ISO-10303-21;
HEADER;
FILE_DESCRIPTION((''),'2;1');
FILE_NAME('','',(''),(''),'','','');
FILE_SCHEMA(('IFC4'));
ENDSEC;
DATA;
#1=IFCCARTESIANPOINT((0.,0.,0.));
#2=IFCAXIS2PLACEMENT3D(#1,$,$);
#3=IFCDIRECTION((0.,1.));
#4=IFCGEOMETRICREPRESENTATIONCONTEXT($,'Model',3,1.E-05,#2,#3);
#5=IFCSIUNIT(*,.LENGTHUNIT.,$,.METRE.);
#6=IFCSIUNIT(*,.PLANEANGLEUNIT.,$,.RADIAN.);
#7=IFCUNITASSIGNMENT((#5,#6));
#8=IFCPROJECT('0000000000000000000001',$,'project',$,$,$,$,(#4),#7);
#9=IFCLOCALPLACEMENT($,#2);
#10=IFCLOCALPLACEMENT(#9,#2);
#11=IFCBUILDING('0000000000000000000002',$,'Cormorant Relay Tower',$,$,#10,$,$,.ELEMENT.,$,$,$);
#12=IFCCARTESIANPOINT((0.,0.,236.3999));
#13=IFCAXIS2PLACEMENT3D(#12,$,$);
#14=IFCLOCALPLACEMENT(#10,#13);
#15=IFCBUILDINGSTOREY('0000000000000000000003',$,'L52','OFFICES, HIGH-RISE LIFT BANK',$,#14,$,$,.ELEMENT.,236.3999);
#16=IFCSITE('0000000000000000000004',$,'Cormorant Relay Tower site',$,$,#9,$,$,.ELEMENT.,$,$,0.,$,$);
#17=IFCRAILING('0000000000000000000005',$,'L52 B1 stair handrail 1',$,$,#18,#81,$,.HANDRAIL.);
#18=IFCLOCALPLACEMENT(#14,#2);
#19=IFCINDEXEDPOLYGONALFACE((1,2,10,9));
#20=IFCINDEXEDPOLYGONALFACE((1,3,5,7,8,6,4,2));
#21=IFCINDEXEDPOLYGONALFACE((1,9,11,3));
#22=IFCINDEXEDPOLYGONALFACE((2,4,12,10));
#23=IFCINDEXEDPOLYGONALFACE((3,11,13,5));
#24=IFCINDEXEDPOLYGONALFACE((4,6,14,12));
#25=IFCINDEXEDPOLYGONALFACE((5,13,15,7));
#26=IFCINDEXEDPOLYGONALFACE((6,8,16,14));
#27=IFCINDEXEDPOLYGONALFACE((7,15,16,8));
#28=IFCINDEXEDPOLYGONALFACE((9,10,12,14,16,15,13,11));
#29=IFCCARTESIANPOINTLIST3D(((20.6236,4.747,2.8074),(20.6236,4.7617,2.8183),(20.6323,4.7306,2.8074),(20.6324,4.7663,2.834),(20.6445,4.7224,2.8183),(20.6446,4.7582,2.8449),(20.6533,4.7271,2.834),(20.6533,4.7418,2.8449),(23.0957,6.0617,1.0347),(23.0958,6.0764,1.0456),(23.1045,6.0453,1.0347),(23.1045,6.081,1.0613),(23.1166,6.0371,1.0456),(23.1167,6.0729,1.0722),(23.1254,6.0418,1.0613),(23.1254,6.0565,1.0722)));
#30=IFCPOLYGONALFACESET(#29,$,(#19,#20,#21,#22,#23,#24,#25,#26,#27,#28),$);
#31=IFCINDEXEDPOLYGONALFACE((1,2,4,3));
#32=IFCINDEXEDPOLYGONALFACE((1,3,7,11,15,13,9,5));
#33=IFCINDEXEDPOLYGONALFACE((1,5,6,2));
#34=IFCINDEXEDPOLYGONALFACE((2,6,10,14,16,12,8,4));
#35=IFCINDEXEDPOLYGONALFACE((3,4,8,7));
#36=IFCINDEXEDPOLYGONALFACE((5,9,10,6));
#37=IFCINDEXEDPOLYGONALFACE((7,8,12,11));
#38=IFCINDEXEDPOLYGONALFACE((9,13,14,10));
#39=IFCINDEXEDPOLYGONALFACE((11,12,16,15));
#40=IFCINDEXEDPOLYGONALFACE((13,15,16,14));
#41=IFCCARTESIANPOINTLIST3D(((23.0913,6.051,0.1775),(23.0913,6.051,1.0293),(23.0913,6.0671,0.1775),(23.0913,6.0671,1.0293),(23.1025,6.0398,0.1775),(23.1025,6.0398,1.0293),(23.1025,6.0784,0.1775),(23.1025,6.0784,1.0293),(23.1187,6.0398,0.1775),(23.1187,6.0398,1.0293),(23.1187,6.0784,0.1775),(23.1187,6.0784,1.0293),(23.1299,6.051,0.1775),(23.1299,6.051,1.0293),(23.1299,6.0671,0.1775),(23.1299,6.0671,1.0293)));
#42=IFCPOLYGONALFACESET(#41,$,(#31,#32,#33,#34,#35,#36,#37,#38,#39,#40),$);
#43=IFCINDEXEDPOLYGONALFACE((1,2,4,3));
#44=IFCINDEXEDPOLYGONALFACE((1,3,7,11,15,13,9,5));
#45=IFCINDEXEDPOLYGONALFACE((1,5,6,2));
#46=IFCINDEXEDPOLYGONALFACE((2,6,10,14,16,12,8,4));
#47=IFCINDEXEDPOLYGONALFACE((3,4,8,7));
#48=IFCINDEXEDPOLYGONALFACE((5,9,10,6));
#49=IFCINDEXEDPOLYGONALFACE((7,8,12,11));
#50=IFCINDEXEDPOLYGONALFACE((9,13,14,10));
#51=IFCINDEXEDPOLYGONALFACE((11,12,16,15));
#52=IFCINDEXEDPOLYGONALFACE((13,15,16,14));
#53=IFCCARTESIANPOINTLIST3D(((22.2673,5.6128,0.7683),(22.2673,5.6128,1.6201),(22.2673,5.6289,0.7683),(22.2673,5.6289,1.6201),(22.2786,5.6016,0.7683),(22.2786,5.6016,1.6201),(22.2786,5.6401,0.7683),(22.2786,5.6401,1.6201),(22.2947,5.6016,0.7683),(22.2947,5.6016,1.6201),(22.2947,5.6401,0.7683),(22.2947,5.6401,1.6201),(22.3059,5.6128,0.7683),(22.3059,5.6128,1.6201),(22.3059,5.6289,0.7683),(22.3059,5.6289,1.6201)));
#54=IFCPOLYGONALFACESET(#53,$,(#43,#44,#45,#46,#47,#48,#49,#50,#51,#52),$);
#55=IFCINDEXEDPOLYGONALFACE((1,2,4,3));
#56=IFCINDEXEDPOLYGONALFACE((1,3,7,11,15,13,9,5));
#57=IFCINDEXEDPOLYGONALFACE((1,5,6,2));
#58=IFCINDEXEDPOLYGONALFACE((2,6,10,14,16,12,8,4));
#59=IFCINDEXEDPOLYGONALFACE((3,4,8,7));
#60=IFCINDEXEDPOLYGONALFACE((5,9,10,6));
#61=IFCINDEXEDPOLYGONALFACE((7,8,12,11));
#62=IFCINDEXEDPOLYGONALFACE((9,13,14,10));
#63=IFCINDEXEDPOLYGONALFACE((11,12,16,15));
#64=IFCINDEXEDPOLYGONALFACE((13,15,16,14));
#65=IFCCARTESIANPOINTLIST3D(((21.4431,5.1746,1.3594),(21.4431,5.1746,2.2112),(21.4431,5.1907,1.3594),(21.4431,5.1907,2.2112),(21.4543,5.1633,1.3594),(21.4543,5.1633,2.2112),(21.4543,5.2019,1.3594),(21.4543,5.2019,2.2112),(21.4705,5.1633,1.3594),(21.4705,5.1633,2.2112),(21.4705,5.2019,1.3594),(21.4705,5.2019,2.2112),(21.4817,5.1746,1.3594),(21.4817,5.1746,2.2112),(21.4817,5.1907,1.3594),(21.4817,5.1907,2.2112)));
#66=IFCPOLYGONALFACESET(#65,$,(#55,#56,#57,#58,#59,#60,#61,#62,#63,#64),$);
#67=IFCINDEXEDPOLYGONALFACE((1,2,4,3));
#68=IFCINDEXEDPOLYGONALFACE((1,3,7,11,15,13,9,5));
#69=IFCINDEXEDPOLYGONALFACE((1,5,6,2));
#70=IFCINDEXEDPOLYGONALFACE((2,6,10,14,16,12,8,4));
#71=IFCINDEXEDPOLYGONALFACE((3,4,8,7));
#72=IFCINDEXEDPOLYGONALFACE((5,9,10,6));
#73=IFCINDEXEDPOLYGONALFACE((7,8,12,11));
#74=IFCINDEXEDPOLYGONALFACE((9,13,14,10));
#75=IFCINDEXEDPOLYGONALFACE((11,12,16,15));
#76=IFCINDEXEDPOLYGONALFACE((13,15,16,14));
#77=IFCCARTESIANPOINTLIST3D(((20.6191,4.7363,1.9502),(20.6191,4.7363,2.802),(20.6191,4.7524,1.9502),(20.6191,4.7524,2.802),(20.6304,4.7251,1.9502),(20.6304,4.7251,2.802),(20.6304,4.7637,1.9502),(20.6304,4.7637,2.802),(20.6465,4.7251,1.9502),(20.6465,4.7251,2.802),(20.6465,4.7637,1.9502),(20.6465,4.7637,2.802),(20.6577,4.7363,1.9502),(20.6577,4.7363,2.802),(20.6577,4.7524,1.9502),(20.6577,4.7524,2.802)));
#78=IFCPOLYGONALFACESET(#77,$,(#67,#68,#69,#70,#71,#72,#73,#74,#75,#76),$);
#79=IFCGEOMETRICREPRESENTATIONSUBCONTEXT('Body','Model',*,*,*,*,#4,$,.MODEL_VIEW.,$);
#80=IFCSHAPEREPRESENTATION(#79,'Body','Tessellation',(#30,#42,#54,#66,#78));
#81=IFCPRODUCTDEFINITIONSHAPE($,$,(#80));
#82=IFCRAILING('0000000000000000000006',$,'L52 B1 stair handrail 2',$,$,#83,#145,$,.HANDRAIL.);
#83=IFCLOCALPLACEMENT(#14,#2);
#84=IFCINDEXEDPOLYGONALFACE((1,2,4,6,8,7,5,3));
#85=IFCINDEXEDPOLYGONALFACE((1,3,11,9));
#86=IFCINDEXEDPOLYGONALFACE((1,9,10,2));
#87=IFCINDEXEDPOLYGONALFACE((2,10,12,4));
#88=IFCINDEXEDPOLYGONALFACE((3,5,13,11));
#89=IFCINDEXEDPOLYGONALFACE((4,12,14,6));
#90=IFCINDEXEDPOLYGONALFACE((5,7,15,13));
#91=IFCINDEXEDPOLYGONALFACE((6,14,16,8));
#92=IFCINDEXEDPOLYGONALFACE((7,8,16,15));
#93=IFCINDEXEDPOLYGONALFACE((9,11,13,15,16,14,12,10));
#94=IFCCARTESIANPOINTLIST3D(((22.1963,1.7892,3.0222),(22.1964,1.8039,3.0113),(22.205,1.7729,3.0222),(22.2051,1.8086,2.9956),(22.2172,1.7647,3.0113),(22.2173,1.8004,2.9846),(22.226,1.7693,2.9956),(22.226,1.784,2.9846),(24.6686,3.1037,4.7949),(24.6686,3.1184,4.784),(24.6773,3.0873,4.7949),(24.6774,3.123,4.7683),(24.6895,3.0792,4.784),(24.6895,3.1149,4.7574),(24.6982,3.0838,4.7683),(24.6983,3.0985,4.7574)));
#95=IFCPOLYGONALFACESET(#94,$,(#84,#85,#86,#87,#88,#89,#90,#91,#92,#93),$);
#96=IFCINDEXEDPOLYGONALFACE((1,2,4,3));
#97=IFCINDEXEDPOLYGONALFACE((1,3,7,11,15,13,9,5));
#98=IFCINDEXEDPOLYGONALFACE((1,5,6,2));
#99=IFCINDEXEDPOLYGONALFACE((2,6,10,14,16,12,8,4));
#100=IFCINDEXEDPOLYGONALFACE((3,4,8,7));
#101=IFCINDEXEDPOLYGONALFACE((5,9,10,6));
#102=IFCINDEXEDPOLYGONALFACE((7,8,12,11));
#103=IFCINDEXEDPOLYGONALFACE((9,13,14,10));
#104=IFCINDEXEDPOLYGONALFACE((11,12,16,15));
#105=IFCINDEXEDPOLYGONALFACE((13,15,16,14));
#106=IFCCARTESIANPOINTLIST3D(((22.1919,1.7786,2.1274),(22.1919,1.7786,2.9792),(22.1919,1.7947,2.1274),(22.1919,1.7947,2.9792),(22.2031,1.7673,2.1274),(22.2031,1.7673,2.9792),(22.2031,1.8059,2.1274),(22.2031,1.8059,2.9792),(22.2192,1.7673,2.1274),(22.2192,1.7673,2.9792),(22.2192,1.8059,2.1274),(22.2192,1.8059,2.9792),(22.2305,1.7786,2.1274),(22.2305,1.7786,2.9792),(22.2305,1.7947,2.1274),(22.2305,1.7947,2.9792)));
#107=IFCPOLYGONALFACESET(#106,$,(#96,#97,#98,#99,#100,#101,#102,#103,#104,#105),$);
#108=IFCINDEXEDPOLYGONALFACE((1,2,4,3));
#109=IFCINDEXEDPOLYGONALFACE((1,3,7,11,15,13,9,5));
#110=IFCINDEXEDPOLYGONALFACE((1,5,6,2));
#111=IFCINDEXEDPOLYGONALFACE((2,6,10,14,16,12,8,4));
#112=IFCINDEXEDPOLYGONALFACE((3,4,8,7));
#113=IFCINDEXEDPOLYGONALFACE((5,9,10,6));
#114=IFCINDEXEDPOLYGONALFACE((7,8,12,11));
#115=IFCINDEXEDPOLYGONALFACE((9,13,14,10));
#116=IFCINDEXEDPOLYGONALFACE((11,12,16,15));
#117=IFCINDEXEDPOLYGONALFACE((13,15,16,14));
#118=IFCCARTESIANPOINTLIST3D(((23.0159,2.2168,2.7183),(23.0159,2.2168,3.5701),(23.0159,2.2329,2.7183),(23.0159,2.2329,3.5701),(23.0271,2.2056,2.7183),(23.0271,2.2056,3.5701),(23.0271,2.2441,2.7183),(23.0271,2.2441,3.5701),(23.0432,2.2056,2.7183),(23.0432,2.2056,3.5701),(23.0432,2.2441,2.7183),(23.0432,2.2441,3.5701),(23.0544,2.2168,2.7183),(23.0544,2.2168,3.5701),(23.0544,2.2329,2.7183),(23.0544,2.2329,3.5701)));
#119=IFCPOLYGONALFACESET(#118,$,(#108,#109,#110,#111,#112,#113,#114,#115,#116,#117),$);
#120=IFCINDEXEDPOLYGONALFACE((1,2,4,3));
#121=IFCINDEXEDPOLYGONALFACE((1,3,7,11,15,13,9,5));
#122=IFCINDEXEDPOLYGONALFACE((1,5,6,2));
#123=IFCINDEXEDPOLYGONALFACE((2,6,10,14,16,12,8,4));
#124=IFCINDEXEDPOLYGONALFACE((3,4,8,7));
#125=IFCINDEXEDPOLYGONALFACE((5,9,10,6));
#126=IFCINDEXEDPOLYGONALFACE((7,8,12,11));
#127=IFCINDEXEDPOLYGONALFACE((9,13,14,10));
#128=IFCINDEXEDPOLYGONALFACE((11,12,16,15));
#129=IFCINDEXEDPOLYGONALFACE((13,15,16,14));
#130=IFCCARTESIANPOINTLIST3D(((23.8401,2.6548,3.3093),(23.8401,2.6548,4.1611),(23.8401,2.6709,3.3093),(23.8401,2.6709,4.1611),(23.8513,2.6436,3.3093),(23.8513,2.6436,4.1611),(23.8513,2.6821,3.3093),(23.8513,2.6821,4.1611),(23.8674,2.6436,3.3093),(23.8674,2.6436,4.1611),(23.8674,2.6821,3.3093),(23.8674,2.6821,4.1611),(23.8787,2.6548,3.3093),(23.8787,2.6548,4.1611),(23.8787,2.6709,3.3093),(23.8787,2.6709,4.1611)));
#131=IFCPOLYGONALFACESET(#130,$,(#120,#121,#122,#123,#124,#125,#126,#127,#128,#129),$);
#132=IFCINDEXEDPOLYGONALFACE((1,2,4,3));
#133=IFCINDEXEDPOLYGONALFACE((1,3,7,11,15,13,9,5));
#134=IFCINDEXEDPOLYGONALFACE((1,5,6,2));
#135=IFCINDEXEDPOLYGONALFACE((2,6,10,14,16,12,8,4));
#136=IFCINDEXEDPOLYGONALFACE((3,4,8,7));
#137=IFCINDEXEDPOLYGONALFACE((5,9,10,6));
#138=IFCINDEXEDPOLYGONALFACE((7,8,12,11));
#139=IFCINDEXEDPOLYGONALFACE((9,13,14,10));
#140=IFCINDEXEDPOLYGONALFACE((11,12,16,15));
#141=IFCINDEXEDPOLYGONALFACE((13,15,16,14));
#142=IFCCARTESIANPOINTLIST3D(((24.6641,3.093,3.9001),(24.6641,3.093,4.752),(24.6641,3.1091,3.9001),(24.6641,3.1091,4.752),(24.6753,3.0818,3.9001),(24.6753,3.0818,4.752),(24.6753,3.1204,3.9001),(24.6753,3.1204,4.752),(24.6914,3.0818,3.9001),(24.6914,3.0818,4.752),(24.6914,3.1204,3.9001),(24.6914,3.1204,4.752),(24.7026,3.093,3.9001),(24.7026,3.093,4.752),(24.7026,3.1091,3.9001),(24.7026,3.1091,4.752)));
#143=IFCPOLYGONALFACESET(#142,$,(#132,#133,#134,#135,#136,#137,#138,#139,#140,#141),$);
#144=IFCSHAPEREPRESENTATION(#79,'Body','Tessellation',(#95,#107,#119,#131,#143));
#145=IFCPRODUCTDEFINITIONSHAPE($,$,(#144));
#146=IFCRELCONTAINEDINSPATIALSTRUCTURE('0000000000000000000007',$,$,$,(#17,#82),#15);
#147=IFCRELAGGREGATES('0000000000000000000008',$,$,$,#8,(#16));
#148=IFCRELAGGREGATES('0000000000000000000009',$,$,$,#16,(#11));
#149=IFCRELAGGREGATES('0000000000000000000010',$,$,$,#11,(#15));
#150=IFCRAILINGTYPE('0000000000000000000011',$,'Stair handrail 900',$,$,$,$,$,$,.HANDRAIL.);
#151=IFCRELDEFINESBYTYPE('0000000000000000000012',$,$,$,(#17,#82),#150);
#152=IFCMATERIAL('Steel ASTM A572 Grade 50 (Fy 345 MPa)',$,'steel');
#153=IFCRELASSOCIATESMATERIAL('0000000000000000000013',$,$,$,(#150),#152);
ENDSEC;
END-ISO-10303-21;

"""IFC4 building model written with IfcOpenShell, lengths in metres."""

from ifc_helpers import new_model, si_unit, direction, frame, origin, place, context, subcontext, project, spatial, polyline, outline, extrude, material, type_object, element, save


model = new_model("IFC4")

# Units and contexts
model_context = context("Model", 3, precision=1e-05, world=origin(), true_north=direction((0.0, 1.0)))
body_context = subcontext(model_context, "Body", "Model", "MODEL_VIEW")
ifc_project = project(units=[si_unit("LENGTHUNIT", "METRE"), si_unit("PLANEANGLEUNIT", "RADIAN")], contexts=[model_context])

# Site, building, storey
site_placement = place(None, origin())
site = spatial("IfcSite", under=ifc_project, at=site_placement, Name="Cormorant Relay Tower site", CompositionType="ELEMENT", RefElevation=0.0)
building_placement = place(site_placement, origin())
building = spatial("IfcBuilding", under=site, at=building_placement, Name="Cormorant Relay Tower", CompositionType="ELEMENT")
storey_placement = place(building_placement, frame((0.0, 0.0, 236.3999)))
storey = spatial("IfcBuildingStorey", under=building, at=storey_placement, Name="L52", Description="OFFICES, HIGH-RISE LIFT BANK", CompositionType="ELEMENT", Elevation=236.3999)

# Railings
ifc_material_1 = material(Name="Steel ASTM A572 Grade 50 (Fy 345 MPa)", Category="steel")
railing_type_1 = type_object("IfcRailingType", Name="Stair handrail 900", PredefinedType="HANDRAIL", material=ifc_material_1)
railing_1_placement = place(storey_placement, frame((23.1106, 6.0591, 0.1775)))
element("IfcRailing", 1, at=railing_1_placement, inside=storey, type_object=railing_type_1, Name="L52 B1 stair handrail 1", PredefinedType="HANDRAIL", context=body_context, shape_type="SweptSolid", body=[
    extrude(outline(polyline([(0.0222, 0.0093), (0.0093, 0.0222), (-0.0093, 0.0222), (-0.0222, 0.0093), (-0.0222, -0.0093), (-0.0093, -0.0222), (0.0093, -0.0222), (0.0222, -0.0093), (0.0222, 0.0093)])), frame((0.0, 0.0, 0.876), z_axis=(-0.745979, -0.396711, 0.534916), x_axis=(0.469533, -0.882915, 0.0)), (0.0, 0.0, 1.0), 3.314),
    extrude(outline(polyline([(0.0193, 0.0081), (0.0081, 0.0193), (-0.0081, 0.0193), (-0.0193, 0.0081), (-0.0193, -0.0081), (-0.0081, -0.0193), (0.0081, -0.0193), (0.0193, -0.0081), (0.0193, 0.0081)])), origin(), (0.0, 0.0, 1.0), 0.8518),
    extrude(outline(polyline([(0.0193, 0.0081), (0.0081, 0.0193), (-0.0081, 0.0193), (-0.0193, 0.0081), (-0.0193, -0.0081), (-0.0081, -0.0193), (0.0081, -0.0193), (0.0193, -0.0081), (0.0193, 0.0081)])), frame((-0.824, -0.4382, 0.5908)), (0.0, 0.0, 1.0), 0.8518),
    extrude(outline(polyline([(0.0193, 0.0081), (0.0081, 0.0193), (-0.0081, 0.0193), (-0.0193, 0.0081), (-0.0193, -0.0081), (-0.0081, -0.0193), (0.0081, -0.0193), (0.0193, -0.0081), (0.0193, 0.0081)])), frame((-1.6482, -0.8765, 1.1819)), (0.0, 0.0, 1.0), 0.8518),
    extrude(outline(polyline([(0.0193, 0.0081), (0.0081, 0.0193), (-0.0081, 0.0193), (-0.0193, 0.0081), (-0.0193, -0.0081), (-0.0081, -0.0193), (0.0081, -0.0193), (0.0193, -0.0081), (0.0193, 0.0081)])), frame((-2.4722, -1.3147, 1.7727)), (0.0, 0.0, 1.0), 0.8518),
])
railing_2_placement = place(storey_placement, frame((22.2112, 1.7866, 2.1274)))
element("IfcRailing", 2, at=railing_2_placement, inside=storey, type_object=railing_type_1, Name="L52 B1 stair handrail 2", PredefinedType="HANDRAIL", context=body_context, shape_type="SweptSolid", body=[
    extrude(outline(polyline([(0.0222, 0.0093), (0.0093, 0.0222), (-0.0093, 0.0222), (-0.0222, 0.0093), (-0.0222, -0.0093), (-0.0093, -0.0222), (0.0093, -0.0222), (0.0222, -0.0093), (0.0222, 0.0093)])), frame((0.0, 0.0, 0.876), z_axis=(0.746001, 0.396649, 0.534931), x_axis=(-0.469465, 0.882951, 0.0)), (0.0, 0.0, 1.0), 3.314),
    extrude(outline(polyline([(0.0193, 0.0081), (0.0081, 0.0193), (-0.0081, 0.0193), (-0.0193, 0.0081), (-0.0193, -0.0081), (-0.0081, -0.0193), (0.0081, -0.0193), (0.0193, -0.0081), (0.0193, 0.0081)])), origin(), (0.0, 0.0, 1.0), 0.8518),
    extrude(outline(polyline([(0.0193, 0.0081), (0.0081, 0.0193), (-0.0081, 0.0193), (-0.0193, 0.0081), (-0.0193, -0.0081), (-0.0081, -0.0193), (0.0081, -0.0193), (0.0193, -0.0081), (0.0193, 0.0081)])), frame((0.824, 0.4382, 0.5908)), (0.0, 0.0, 1.0), 0.8518),
    extrude(outline(polyline([(0.0193, 0.0081), (0.0081, 0.0193), (-0.0081, 0.0193), (-0.0193, 0.0081), (-0.0193, -0.0081), (-0.0081, -0.0193), (0.0081, -0.0193), (0.0193, -0.0081), (0.0193, 0.0081)])), frame((1.6482, 0.8762, 1.1819)), (0.0, 0.0, 1.0), 0.8518),
    extrude(outline(polyline([(0.0193, 0.0081), (0.0081, 0.0193), (-0.0081, 0.0193), (-0.0193, 0.0081), (-0.0193, -0.0081), (-0.0081, -0.0193), (0.0081, -0.0193), (0.0193, -0.0081), (0.0193, 0.0081)])), frame((2.4722, 1.3145, 1.7727)), (0.0, 0.0, 1.0), 0.8518),
])

save(model, "model.ifc")
